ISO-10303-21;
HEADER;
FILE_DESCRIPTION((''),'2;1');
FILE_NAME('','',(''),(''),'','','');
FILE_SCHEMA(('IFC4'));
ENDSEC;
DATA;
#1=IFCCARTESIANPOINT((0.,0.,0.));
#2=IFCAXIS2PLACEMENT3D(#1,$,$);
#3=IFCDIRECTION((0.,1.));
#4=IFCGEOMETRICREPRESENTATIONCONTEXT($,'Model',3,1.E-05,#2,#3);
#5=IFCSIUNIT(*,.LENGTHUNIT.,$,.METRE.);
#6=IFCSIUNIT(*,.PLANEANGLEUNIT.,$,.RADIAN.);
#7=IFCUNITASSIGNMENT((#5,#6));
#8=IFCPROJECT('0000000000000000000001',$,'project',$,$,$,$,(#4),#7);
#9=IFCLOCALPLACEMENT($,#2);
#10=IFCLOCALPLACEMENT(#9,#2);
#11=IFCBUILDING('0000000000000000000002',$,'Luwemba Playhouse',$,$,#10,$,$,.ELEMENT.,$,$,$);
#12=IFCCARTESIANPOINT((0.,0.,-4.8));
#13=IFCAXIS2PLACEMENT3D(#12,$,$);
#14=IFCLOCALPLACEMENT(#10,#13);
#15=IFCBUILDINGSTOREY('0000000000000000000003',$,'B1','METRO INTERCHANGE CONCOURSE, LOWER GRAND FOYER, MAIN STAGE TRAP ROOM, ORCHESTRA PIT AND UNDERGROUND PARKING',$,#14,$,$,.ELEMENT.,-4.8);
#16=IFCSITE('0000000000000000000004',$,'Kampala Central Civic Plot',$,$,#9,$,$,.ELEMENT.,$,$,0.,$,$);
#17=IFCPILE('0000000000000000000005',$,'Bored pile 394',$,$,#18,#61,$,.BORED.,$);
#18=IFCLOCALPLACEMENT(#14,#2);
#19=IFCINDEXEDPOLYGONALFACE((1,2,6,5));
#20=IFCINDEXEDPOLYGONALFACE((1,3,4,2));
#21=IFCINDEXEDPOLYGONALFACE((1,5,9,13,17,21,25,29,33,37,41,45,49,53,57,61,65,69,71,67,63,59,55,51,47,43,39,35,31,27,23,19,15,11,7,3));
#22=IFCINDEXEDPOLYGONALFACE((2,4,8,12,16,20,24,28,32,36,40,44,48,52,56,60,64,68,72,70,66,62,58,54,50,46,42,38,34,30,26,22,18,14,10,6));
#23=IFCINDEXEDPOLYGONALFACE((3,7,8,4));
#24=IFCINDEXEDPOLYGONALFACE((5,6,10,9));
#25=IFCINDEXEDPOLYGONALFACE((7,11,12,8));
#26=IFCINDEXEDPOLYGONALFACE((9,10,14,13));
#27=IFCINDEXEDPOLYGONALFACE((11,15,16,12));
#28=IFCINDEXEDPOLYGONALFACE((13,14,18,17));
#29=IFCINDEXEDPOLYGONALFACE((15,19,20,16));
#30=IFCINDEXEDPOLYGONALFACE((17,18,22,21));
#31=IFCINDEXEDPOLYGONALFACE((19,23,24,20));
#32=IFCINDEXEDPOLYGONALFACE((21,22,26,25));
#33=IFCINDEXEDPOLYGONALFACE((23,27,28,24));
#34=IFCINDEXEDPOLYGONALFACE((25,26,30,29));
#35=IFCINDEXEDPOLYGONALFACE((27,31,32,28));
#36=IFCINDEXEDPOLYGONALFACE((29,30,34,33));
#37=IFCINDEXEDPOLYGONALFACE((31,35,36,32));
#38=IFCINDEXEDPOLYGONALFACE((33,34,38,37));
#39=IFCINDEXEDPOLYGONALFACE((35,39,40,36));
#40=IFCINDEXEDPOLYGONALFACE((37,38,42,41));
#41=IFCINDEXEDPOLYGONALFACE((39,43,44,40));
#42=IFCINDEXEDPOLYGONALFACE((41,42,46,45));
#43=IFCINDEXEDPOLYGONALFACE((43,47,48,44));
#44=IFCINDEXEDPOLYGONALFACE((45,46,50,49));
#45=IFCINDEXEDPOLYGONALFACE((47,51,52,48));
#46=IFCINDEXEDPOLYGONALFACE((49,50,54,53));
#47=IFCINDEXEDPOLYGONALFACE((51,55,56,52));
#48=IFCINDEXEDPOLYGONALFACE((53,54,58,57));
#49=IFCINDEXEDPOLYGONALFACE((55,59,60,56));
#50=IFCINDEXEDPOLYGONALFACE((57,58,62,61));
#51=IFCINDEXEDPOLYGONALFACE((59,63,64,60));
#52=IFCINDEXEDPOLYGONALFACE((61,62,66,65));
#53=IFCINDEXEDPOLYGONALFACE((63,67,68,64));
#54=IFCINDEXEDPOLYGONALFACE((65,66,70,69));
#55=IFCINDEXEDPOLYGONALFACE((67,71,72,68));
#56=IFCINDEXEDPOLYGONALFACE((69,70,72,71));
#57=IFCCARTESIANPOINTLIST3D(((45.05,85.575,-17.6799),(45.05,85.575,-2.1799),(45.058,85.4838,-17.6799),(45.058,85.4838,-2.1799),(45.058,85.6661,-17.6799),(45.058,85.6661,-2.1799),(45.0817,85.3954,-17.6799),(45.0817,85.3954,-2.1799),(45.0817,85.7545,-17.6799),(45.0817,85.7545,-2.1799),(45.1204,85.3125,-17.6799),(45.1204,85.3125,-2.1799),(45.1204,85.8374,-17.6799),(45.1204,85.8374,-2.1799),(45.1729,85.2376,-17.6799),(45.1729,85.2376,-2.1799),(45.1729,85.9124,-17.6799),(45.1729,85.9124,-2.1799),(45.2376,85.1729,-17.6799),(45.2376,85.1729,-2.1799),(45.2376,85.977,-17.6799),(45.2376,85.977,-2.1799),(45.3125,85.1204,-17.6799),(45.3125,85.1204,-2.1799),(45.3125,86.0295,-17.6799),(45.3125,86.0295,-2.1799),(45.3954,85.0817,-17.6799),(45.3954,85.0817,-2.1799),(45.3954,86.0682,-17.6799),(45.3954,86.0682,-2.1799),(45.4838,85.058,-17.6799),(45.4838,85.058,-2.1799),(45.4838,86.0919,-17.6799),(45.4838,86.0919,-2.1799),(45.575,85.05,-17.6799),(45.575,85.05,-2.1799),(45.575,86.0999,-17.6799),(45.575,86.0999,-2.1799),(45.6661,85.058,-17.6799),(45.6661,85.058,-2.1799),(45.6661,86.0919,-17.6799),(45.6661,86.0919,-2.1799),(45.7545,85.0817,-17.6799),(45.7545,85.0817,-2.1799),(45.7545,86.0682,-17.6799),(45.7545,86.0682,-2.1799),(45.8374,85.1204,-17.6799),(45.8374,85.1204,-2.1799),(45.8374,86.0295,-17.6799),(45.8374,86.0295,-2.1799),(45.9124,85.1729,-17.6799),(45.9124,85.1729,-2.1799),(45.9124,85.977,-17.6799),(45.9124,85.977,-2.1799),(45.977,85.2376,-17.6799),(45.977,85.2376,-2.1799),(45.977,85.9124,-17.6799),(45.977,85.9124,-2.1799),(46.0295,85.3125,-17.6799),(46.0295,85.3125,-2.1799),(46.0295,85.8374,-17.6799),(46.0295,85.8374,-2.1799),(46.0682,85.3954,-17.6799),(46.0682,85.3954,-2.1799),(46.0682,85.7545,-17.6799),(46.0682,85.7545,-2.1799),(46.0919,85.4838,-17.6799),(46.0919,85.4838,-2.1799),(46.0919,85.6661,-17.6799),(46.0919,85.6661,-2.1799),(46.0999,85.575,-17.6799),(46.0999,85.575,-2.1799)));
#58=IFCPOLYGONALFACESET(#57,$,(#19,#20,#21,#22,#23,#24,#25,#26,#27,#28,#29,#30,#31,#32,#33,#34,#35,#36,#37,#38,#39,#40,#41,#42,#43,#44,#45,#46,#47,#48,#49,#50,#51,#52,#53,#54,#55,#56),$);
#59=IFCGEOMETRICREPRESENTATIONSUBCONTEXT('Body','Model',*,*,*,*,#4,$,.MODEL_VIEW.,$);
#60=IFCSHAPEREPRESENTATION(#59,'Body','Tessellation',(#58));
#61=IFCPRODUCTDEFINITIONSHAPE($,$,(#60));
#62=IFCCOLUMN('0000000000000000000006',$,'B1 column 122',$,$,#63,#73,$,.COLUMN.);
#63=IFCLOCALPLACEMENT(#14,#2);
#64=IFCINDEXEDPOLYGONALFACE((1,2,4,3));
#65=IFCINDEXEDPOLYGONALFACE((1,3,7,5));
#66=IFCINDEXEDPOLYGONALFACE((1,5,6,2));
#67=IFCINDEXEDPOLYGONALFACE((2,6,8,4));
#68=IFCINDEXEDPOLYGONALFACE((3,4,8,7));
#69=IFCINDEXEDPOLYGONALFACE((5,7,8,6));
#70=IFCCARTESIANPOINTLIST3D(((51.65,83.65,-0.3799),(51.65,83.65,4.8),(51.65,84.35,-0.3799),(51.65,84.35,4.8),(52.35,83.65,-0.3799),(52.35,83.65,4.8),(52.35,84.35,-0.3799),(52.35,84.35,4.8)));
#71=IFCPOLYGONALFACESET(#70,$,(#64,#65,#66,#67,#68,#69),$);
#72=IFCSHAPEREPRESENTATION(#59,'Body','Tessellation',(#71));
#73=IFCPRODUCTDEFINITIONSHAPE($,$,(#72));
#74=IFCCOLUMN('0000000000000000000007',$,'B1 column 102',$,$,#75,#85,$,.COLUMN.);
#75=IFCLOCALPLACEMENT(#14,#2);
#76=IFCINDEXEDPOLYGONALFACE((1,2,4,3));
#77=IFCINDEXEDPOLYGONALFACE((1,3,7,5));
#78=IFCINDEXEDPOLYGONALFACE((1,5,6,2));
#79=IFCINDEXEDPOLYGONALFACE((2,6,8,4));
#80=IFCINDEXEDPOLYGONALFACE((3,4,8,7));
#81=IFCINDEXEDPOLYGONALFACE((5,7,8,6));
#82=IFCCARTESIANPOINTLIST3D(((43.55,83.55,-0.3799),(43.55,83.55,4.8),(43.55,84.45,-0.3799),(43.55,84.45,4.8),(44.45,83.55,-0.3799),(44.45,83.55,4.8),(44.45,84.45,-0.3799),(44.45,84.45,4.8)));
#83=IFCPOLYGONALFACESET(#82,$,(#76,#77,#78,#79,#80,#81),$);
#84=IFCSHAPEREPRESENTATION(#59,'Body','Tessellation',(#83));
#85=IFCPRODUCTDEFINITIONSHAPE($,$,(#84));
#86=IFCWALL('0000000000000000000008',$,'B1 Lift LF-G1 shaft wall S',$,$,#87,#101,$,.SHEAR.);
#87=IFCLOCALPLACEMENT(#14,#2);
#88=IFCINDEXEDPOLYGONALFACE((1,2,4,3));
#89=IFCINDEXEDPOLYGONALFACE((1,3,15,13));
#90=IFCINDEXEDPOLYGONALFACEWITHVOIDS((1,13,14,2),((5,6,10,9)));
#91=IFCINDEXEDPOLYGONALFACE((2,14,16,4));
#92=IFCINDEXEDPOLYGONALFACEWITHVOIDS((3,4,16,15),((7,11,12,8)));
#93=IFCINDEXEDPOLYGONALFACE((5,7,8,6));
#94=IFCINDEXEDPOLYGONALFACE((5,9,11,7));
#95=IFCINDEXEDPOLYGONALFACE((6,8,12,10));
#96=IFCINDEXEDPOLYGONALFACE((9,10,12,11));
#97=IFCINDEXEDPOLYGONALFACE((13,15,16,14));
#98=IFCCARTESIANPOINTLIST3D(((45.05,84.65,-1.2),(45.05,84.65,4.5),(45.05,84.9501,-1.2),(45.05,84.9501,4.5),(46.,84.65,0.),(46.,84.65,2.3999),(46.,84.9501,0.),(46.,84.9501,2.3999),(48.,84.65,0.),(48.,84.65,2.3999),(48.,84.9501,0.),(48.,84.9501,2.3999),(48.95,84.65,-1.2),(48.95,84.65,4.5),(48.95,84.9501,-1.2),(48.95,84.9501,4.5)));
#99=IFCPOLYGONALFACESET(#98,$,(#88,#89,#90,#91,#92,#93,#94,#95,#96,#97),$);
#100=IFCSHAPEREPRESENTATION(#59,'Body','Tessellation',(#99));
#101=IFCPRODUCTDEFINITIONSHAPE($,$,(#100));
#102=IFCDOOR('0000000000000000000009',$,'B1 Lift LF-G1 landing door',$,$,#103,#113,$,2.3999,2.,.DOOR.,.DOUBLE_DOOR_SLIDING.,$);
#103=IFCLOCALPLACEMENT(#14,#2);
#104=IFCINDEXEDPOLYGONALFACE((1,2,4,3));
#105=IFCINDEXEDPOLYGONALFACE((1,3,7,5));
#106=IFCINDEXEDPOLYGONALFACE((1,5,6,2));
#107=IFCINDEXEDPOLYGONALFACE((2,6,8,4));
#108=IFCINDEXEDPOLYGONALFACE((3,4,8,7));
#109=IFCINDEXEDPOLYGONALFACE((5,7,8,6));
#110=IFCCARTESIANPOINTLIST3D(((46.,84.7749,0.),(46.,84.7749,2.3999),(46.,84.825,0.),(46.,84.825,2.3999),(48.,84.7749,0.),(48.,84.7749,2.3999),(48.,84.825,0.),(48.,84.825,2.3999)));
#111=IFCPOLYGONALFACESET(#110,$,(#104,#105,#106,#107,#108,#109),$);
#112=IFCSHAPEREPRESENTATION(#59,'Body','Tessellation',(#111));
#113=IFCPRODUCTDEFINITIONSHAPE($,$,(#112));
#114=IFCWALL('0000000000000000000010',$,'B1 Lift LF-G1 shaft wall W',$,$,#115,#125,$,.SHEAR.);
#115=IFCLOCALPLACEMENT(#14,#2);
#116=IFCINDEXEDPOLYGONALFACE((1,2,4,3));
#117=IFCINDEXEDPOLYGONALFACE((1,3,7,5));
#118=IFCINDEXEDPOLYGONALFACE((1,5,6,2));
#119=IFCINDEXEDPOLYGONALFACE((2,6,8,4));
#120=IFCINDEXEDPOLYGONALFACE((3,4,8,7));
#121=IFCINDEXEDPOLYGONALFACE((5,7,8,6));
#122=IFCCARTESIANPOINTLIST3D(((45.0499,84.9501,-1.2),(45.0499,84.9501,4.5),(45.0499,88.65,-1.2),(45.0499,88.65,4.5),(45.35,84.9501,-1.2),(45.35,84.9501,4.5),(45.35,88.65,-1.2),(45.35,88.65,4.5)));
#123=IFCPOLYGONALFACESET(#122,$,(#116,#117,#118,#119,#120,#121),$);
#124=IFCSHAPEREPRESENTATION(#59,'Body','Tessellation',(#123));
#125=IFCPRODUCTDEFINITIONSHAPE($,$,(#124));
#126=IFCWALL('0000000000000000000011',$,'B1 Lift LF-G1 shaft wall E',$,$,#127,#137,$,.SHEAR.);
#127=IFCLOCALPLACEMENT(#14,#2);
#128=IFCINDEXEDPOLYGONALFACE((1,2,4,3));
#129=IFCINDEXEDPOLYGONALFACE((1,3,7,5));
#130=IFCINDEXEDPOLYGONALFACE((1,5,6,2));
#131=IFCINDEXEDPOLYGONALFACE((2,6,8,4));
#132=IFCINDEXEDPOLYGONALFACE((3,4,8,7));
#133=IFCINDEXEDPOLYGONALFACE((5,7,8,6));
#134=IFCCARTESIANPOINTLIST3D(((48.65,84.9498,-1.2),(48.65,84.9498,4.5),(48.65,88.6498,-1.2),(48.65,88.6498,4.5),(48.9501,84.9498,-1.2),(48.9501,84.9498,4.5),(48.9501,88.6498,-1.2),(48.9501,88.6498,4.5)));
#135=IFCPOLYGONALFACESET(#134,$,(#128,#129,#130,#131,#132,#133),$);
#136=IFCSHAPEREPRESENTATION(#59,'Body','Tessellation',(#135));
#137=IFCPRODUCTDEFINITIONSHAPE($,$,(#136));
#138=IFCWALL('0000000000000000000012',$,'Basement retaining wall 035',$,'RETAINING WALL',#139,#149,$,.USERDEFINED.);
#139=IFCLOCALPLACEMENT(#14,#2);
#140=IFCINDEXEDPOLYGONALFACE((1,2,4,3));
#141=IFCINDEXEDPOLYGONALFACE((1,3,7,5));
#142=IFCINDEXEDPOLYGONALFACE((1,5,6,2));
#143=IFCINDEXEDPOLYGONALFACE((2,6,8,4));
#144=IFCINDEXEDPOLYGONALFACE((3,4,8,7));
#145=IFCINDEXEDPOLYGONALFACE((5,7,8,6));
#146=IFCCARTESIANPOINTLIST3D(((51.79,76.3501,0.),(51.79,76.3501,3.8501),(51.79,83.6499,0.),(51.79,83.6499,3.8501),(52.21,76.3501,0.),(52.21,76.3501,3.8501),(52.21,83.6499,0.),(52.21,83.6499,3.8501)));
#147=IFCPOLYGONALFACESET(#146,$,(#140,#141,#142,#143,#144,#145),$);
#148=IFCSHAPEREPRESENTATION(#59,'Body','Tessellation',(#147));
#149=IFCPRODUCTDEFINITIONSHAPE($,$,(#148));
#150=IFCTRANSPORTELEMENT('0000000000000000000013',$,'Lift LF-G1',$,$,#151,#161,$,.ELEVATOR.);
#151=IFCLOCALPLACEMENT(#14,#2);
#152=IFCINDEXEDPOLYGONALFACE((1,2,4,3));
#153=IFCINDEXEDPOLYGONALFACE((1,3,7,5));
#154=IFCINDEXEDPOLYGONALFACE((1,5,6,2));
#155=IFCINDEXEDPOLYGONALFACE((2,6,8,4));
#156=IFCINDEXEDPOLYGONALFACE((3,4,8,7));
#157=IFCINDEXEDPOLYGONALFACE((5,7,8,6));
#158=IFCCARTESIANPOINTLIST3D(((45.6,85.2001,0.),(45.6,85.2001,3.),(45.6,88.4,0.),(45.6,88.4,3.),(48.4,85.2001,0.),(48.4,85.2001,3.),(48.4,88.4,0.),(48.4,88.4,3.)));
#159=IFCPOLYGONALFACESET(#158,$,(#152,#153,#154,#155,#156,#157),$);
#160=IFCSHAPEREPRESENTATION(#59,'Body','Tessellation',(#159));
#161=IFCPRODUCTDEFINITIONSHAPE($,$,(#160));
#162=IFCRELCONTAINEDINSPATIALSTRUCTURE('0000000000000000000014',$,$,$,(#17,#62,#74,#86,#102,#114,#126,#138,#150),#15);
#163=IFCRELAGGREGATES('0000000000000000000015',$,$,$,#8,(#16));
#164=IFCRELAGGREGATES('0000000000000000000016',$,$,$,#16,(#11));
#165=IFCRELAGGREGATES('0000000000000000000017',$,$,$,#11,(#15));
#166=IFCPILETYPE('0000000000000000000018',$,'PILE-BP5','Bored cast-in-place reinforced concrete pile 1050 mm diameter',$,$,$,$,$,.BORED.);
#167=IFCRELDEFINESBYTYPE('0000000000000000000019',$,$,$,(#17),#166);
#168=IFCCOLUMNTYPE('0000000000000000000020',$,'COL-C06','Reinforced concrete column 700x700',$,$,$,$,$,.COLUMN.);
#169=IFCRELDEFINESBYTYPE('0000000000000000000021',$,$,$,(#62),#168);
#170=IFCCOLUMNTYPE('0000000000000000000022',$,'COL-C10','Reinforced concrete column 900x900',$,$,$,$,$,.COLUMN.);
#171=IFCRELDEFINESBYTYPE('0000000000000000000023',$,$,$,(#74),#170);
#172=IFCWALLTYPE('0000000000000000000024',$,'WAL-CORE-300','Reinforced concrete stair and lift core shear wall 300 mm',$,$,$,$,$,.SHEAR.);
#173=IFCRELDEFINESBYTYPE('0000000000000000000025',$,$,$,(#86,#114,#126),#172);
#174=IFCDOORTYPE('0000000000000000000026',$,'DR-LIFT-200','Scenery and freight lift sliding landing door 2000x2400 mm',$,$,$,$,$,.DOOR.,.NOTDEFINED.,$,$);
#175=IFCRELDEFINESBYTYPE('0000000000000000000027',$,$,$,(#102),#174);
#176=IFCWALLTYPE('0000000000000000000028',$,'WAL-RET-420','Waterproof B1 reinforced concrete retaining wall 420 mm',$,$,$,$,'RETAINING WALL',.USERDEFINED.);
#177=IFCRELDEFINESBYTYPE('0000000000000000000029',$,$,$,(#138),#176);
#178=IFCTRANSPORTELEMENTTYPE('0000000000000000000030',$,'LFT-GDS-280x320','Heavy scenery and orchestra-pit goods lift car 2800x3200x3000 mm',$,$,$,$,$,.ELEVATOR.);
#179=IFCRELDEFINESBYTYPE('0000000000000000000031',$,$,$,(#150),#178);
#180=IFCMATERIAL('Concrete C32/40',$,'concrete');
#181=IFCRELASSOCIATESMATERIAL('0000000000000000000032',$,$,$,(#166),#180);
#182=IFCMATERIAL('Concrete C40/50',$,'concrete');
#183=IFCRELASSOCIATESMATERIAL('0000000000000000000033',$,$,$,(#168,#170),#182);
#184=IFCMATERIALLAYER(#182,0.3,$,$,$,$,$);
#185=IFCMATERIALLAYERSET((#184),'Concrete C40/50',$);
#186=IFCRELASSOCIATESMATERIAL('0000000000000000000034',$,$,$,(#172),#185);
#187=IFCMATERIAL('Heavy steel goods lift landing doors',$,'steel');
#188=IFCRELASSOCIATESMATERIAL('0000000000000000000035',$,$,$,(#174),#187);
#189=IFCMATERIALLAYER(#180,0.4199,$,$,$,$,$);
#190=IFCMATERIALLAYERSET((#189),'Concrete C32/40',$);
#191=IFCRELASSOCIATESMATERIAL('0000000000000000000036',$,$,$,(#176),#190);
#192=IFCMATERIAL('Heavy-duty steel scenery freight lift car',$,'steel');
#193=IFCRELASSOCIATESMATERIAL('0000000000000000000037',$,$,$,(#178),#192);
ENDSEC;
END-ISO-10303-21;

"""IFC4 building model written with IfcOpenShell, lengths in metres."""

from ifc_helpers import new_model, si_unit, direction, frame, frame_2d, origin, origin_2d, place, context, subcontext, project, spatial, rectangle, circle, extrude, material, layer, layer_set, material_profile, profile_set, type_object, element, fill, save


model = new_model("IFC4")

# Units and contexts
model_context = context("Model", 3, precision=1e-05, world=origin(), true_north=direction((0.0, 1.0)))
body_context = subcontext(model_context, "Body", "Model", "MODEL_VIEW")
ifc_project = project(units=[si_unit("LENGTHUNIT", "METRE"), si_unit("PLANEANGLEUNIT", "RADIAN")], contexts=[model_context])

# Site, building, storey
site_placement = place(None, origin())
site = spatial("IfcSite", under=ifc_project, at=site_placement, Name="Kampala Central Civic Plot", CompositionType="ELEMENT", RefElevation=0.0)
building_placement = place(site_placement, origin())
building = spatial("IfcBuilding", under=site, at=building_placement, Name="Luwemba Playhouse", CompositionType="ELEMENT")
storey_placement = place(building_placement, frame((0.0, 0.0, -4.8)))
storey = spatial("IfcBuildingStorey", under=building, at=storey_placement, Name="B1", Description="METRO INTERCHANGE CONCOURSE, LOWER GRAND FOYER, MAIN STAGE TRAP ROOM, ORCHESTRA PIT AND UNDERGROUND PARKING", CompositionType="ELEMENT", Elevation=-4.8)

# Shared definitions
ifc_material_1 = material(Name="Concrete C32/40", Category="concrete")

# Pile
ifc_material_profile_1 = material_profile(ifc_material_1, circle(Radius=0.5249, at=origin_2d()))
ifc_profile_set_1 = profile_set([ifc_material_profile_1], Name="Concrete C32/40")
pile_type_1 = type_object("IfcPileType", Name="PILE-BP5", Description="Bored cast-in-place reinforced concrete pile 1050 mm diameter", PredefinedType="BORED", material=ifc_profile_set_1)
for number, where, z_axis, x_axis, name in (
    (1, (45.575, 85.575, -2.1799), (0.0, 0.0, -1.0), (1.0, 0.0, 0.0), "Bored pile 394"),
):
    element("IfcPile", number, at=place(storey_placement, frame(where, z_axis=z_axis, x_axis=x_axis)), inside=storey, type_object=pile_type_1, Name=name, PredefinedType="BORED", context=body_context, shape_type="SweptSolid", body=[
        extrude(circle(Radius=0.5249, at=origin_2d()), origin(), (0.0, 0.0, 1.0), 15.5),
    ])

# Columns
ifc_material_2 = material(Name="Concrete C40/50", Category="concrete")
ifc_material_profile_2 = material_profile(ifc_material_2, rectangle(XDim=0.7, YDim=0.7, at=origin_2d()))
ifc_profile_set_2 = profile_set([ifc_material_profile_2], Name="Concrete C40/50")
column_type_1 = type_object("IfcColumnType", Name="COL-C06", Description="Reinforced concrete column 700x700", PredefinedType="COLUMN", material=ifc_profile_set_2)
column_1_placement = place(storey_placement, frame((52.0, 84.0, -0.3799), z_axis=(0.0, 0.0, 1.0), x_axis=(1.0, 0.0, 0.0)))
element("IfcColumn", 2, at=column_1_placement, inside=storey, type_object=column_type_1, Name="B1 column 122", PredefinedType="COLUMN", context=body_context, shape_type="SweptSolid", body=[
    extrude(rectangle(XDim=0.7, YDim=0.7, at=origin_2d()), origin(), (0.0, 0.0, 1.0), 5.1799),
])
ifc_material_profile_3 = material_profile(ifc_material_2, rectangle(XDim=0.8999, YDim=0.8999, at=origin_2d()))
ifc_profile_set_3 = profile_set([ifc_material_profile_3], Name="Concrete C40/50")
column_type_2 = type_object("IfcColumnType", Name="COL-C10", Description="Reinforced concrete column 900x900", PredefinedType="COLUMN", material=ifc_profile_set_3)
column_2_placement = place(storey_placement, frame((44.0, 84.0, -0.3799), z_axis=(0.0, 0.0, 1.0), x_axis=(1.0, 0.0, 0.0)))
element("IfcColumn", 3, at=column_2_placement, inside=storey, type_object=column_type_2, Name="B1 column 102", PredefinedType="COLUMN", context=body_context, shape_type="SweptSolid", body=[
    extrude(rectangle(XDim=0.8999, YDim=0.8999, at=origin_2d()), origin(), (0.0, 0.0, 1.0), 5.1799),
])

# Wall, opening, door
ifc_layer_1 = layer(ifc_material_2, 0.3)
ifc_layer_set_1 = layer_set([ifc_layer_1], Name="Concrete C40/50")
wall_type_1 = type_object("IfcWallType", Name="WAL-CORE-300", Description="Reinforced concrete stair and lift core shear wall 300 mm", PredefinedType="SHEAR", material=ifc_layer_set_1)
wall_1_placement = place(storey_placement, frame((45.05, 84.8, -1.2), z_axis=(0.0, 0.0, 1.0), x_axis=(1.0, 0.0, 0.0)))
wall_1 = element("IfcWall", 4, at=wall_1_placement, inside=storey, type_object=wall_type_1, Name="B1 Lift LF-G1 shaft wall S", PredefinedType="SHEAR", context=body_context, shape_type="SweptSolid", body=[
    extrude(rectangle(XDim=3.8999, YDim=0.3, at=frame_2d((1.95, 0.0))), origin(), (0.0, 0.0, 1.0), 5.7),
])
opening_placement = place(wall_1_placement, frame((0.95, 0.0, 1.2)))
opening = element("IfcOpeningElement", 5, at=opening_placement, cuts=wall_1, PredefinedType="OPENING", context=body_context, shape_type="SweptSolid", body=[
    extrude(rectangle(XDim=2.0, YDim=2.3999, at=frame_2d((1.0, 1.2))), frame((0.0, 0.1599, 0.0), z_axis=(0.0, -1.0, 0.0), x_axis=(1.0, 0.0, 0.0)), (0.0, 0.0, 1.0), 0.3201),
])
ifc_material_3 = material(Name="Heavy steel goods lift landing doors", Category="steel")
door_type = type_object("IfcDoorType", Name="DR-LIFT-200", Description="Scenery and freight lift sliding landing door 2000x2400 mm", OperationType="NOTDEFINED", PredefinedType="DOOR", material=ifc_material_3)
door_placement = place(opening_placement, origin())
door = element("IfcDoor", 6, at=door_placement, inside=storey, type_object=door_type, Name="B1 Lift LF-G1 landing door", OperationType="DOUBLE_DOOR_SLIDING", OverallHeight=2.3999, OverallWidth=2.0, PredefinedType="DOOR", context=body_context, shape_type="SweptSolid", body=[
    extrude(rectangle(XDim=2.0, YDim=2.3999, at=frame_2d((1.0, 1.2))), frame((0.0, 0.0249, 0.0), z_axis=(0.0, -1.0, 0.0), x_axis=(1.0, 0.0, 0.0)), (0.0, 0.0, 1.0), 0.05),
])
fill(opening, door)

# Walls
for number, where, z_axis, x_axis, name in (
    (7, (45.2, 84.95, -1.2), (0.0, 0.0, 1.0), (0.0, 1.0, 0.0), "B1 Lift LF-G1 shaft wall W"),
    (8, (48.8, 88.6499, -1.2), (0.0, 0.0, 1.0), (0.0, -1.0, 0.0), "B1 Lift LF-G1 shaft wall E"),
):
    element("IfcWall", number, at=place(storey_placement, frame(where, z_axis=z_axis, x_axis=x_axis)), inside=storey, type_object=wall_type_1, Name=name, PredefinedType="SHEAR", context=body_context, shape_type="SweptSolid", body=[
        extrude(rectangle(XDim=3.7, YDim=0.3, at=frame_2d((1.8501, 0.0))), origin(), (0.0, 0.0, 1.0), 5.7),
    ])
ifc_layer_2 = layer(ifc_material_1, 0.4199)
ifc_layer_set_2 = layer_set([ifc_layer_2], Name="Concrete C32/40")
wall_type_2 = type_object("IfcWallType", Name="WAL-RET-420", Description="Waterproof B1 reinforced concrete retaining wall 420 mm", ElementType="RETAINING WALL", PredefinedType="USERDEFINED", material=ifc_layer_set_2)
wall_2_placement = place(storey_placement, frame((52.0, 83.6499, 0.0), z_axis=(0.0, 0.0, 1.0), x_axis=(0.0, -1.0, 0.0)))
element("IfcWall", 9, at=wall_2_placement, inside=storey, type_object=wall_type_2, Name="Basement retaining wall 035", ObjectType="RETAINING WALL", PredefinedType="USERDEFINED", context=body_context, shape_type="SweptSolid", body=[
    extrude(rectangle(XDim=7.2998, YDim=0.4199, at=frame_2d((3.6499, 0.0))), origin(), (0.0, 0.0, 1.0), 3.8501),
])

# Transport element
ifc_material_4 = material(Name="Heavy-duty steel scenery freight lift car", Category="steel")
transport_element_type = type_object("IfcTransportElementType", Name="LFT-GDS-280x320", Description="Heavy scenery and orchestra-pit goods lift car 2800x3200x3000 mm", PredefinedType="ELEVATOR", material=ifc_material_4)
transport_element_placement = place(storey_placement, frame((47.0, 86.8, 0.0), z_axis=(0.0, 0.0, 1.0), x_axis=(1.0, 0.0, 0.0)))
element("IfcTransportElement", 10, at=transport_element_placement, inside=storey, type_object=transport_element_type, Name="Lift LF-G1", PredefinedType="ELEVATOR", context=body_context, shape_type="SweptSolid", body=[
    extrude(rectangle(XDim=2.8, YDim=3.2, at=origin_2d()), origin(), (0.0, 0.0, 1.0), 3.0),
])

save(model, "model.ifc")
